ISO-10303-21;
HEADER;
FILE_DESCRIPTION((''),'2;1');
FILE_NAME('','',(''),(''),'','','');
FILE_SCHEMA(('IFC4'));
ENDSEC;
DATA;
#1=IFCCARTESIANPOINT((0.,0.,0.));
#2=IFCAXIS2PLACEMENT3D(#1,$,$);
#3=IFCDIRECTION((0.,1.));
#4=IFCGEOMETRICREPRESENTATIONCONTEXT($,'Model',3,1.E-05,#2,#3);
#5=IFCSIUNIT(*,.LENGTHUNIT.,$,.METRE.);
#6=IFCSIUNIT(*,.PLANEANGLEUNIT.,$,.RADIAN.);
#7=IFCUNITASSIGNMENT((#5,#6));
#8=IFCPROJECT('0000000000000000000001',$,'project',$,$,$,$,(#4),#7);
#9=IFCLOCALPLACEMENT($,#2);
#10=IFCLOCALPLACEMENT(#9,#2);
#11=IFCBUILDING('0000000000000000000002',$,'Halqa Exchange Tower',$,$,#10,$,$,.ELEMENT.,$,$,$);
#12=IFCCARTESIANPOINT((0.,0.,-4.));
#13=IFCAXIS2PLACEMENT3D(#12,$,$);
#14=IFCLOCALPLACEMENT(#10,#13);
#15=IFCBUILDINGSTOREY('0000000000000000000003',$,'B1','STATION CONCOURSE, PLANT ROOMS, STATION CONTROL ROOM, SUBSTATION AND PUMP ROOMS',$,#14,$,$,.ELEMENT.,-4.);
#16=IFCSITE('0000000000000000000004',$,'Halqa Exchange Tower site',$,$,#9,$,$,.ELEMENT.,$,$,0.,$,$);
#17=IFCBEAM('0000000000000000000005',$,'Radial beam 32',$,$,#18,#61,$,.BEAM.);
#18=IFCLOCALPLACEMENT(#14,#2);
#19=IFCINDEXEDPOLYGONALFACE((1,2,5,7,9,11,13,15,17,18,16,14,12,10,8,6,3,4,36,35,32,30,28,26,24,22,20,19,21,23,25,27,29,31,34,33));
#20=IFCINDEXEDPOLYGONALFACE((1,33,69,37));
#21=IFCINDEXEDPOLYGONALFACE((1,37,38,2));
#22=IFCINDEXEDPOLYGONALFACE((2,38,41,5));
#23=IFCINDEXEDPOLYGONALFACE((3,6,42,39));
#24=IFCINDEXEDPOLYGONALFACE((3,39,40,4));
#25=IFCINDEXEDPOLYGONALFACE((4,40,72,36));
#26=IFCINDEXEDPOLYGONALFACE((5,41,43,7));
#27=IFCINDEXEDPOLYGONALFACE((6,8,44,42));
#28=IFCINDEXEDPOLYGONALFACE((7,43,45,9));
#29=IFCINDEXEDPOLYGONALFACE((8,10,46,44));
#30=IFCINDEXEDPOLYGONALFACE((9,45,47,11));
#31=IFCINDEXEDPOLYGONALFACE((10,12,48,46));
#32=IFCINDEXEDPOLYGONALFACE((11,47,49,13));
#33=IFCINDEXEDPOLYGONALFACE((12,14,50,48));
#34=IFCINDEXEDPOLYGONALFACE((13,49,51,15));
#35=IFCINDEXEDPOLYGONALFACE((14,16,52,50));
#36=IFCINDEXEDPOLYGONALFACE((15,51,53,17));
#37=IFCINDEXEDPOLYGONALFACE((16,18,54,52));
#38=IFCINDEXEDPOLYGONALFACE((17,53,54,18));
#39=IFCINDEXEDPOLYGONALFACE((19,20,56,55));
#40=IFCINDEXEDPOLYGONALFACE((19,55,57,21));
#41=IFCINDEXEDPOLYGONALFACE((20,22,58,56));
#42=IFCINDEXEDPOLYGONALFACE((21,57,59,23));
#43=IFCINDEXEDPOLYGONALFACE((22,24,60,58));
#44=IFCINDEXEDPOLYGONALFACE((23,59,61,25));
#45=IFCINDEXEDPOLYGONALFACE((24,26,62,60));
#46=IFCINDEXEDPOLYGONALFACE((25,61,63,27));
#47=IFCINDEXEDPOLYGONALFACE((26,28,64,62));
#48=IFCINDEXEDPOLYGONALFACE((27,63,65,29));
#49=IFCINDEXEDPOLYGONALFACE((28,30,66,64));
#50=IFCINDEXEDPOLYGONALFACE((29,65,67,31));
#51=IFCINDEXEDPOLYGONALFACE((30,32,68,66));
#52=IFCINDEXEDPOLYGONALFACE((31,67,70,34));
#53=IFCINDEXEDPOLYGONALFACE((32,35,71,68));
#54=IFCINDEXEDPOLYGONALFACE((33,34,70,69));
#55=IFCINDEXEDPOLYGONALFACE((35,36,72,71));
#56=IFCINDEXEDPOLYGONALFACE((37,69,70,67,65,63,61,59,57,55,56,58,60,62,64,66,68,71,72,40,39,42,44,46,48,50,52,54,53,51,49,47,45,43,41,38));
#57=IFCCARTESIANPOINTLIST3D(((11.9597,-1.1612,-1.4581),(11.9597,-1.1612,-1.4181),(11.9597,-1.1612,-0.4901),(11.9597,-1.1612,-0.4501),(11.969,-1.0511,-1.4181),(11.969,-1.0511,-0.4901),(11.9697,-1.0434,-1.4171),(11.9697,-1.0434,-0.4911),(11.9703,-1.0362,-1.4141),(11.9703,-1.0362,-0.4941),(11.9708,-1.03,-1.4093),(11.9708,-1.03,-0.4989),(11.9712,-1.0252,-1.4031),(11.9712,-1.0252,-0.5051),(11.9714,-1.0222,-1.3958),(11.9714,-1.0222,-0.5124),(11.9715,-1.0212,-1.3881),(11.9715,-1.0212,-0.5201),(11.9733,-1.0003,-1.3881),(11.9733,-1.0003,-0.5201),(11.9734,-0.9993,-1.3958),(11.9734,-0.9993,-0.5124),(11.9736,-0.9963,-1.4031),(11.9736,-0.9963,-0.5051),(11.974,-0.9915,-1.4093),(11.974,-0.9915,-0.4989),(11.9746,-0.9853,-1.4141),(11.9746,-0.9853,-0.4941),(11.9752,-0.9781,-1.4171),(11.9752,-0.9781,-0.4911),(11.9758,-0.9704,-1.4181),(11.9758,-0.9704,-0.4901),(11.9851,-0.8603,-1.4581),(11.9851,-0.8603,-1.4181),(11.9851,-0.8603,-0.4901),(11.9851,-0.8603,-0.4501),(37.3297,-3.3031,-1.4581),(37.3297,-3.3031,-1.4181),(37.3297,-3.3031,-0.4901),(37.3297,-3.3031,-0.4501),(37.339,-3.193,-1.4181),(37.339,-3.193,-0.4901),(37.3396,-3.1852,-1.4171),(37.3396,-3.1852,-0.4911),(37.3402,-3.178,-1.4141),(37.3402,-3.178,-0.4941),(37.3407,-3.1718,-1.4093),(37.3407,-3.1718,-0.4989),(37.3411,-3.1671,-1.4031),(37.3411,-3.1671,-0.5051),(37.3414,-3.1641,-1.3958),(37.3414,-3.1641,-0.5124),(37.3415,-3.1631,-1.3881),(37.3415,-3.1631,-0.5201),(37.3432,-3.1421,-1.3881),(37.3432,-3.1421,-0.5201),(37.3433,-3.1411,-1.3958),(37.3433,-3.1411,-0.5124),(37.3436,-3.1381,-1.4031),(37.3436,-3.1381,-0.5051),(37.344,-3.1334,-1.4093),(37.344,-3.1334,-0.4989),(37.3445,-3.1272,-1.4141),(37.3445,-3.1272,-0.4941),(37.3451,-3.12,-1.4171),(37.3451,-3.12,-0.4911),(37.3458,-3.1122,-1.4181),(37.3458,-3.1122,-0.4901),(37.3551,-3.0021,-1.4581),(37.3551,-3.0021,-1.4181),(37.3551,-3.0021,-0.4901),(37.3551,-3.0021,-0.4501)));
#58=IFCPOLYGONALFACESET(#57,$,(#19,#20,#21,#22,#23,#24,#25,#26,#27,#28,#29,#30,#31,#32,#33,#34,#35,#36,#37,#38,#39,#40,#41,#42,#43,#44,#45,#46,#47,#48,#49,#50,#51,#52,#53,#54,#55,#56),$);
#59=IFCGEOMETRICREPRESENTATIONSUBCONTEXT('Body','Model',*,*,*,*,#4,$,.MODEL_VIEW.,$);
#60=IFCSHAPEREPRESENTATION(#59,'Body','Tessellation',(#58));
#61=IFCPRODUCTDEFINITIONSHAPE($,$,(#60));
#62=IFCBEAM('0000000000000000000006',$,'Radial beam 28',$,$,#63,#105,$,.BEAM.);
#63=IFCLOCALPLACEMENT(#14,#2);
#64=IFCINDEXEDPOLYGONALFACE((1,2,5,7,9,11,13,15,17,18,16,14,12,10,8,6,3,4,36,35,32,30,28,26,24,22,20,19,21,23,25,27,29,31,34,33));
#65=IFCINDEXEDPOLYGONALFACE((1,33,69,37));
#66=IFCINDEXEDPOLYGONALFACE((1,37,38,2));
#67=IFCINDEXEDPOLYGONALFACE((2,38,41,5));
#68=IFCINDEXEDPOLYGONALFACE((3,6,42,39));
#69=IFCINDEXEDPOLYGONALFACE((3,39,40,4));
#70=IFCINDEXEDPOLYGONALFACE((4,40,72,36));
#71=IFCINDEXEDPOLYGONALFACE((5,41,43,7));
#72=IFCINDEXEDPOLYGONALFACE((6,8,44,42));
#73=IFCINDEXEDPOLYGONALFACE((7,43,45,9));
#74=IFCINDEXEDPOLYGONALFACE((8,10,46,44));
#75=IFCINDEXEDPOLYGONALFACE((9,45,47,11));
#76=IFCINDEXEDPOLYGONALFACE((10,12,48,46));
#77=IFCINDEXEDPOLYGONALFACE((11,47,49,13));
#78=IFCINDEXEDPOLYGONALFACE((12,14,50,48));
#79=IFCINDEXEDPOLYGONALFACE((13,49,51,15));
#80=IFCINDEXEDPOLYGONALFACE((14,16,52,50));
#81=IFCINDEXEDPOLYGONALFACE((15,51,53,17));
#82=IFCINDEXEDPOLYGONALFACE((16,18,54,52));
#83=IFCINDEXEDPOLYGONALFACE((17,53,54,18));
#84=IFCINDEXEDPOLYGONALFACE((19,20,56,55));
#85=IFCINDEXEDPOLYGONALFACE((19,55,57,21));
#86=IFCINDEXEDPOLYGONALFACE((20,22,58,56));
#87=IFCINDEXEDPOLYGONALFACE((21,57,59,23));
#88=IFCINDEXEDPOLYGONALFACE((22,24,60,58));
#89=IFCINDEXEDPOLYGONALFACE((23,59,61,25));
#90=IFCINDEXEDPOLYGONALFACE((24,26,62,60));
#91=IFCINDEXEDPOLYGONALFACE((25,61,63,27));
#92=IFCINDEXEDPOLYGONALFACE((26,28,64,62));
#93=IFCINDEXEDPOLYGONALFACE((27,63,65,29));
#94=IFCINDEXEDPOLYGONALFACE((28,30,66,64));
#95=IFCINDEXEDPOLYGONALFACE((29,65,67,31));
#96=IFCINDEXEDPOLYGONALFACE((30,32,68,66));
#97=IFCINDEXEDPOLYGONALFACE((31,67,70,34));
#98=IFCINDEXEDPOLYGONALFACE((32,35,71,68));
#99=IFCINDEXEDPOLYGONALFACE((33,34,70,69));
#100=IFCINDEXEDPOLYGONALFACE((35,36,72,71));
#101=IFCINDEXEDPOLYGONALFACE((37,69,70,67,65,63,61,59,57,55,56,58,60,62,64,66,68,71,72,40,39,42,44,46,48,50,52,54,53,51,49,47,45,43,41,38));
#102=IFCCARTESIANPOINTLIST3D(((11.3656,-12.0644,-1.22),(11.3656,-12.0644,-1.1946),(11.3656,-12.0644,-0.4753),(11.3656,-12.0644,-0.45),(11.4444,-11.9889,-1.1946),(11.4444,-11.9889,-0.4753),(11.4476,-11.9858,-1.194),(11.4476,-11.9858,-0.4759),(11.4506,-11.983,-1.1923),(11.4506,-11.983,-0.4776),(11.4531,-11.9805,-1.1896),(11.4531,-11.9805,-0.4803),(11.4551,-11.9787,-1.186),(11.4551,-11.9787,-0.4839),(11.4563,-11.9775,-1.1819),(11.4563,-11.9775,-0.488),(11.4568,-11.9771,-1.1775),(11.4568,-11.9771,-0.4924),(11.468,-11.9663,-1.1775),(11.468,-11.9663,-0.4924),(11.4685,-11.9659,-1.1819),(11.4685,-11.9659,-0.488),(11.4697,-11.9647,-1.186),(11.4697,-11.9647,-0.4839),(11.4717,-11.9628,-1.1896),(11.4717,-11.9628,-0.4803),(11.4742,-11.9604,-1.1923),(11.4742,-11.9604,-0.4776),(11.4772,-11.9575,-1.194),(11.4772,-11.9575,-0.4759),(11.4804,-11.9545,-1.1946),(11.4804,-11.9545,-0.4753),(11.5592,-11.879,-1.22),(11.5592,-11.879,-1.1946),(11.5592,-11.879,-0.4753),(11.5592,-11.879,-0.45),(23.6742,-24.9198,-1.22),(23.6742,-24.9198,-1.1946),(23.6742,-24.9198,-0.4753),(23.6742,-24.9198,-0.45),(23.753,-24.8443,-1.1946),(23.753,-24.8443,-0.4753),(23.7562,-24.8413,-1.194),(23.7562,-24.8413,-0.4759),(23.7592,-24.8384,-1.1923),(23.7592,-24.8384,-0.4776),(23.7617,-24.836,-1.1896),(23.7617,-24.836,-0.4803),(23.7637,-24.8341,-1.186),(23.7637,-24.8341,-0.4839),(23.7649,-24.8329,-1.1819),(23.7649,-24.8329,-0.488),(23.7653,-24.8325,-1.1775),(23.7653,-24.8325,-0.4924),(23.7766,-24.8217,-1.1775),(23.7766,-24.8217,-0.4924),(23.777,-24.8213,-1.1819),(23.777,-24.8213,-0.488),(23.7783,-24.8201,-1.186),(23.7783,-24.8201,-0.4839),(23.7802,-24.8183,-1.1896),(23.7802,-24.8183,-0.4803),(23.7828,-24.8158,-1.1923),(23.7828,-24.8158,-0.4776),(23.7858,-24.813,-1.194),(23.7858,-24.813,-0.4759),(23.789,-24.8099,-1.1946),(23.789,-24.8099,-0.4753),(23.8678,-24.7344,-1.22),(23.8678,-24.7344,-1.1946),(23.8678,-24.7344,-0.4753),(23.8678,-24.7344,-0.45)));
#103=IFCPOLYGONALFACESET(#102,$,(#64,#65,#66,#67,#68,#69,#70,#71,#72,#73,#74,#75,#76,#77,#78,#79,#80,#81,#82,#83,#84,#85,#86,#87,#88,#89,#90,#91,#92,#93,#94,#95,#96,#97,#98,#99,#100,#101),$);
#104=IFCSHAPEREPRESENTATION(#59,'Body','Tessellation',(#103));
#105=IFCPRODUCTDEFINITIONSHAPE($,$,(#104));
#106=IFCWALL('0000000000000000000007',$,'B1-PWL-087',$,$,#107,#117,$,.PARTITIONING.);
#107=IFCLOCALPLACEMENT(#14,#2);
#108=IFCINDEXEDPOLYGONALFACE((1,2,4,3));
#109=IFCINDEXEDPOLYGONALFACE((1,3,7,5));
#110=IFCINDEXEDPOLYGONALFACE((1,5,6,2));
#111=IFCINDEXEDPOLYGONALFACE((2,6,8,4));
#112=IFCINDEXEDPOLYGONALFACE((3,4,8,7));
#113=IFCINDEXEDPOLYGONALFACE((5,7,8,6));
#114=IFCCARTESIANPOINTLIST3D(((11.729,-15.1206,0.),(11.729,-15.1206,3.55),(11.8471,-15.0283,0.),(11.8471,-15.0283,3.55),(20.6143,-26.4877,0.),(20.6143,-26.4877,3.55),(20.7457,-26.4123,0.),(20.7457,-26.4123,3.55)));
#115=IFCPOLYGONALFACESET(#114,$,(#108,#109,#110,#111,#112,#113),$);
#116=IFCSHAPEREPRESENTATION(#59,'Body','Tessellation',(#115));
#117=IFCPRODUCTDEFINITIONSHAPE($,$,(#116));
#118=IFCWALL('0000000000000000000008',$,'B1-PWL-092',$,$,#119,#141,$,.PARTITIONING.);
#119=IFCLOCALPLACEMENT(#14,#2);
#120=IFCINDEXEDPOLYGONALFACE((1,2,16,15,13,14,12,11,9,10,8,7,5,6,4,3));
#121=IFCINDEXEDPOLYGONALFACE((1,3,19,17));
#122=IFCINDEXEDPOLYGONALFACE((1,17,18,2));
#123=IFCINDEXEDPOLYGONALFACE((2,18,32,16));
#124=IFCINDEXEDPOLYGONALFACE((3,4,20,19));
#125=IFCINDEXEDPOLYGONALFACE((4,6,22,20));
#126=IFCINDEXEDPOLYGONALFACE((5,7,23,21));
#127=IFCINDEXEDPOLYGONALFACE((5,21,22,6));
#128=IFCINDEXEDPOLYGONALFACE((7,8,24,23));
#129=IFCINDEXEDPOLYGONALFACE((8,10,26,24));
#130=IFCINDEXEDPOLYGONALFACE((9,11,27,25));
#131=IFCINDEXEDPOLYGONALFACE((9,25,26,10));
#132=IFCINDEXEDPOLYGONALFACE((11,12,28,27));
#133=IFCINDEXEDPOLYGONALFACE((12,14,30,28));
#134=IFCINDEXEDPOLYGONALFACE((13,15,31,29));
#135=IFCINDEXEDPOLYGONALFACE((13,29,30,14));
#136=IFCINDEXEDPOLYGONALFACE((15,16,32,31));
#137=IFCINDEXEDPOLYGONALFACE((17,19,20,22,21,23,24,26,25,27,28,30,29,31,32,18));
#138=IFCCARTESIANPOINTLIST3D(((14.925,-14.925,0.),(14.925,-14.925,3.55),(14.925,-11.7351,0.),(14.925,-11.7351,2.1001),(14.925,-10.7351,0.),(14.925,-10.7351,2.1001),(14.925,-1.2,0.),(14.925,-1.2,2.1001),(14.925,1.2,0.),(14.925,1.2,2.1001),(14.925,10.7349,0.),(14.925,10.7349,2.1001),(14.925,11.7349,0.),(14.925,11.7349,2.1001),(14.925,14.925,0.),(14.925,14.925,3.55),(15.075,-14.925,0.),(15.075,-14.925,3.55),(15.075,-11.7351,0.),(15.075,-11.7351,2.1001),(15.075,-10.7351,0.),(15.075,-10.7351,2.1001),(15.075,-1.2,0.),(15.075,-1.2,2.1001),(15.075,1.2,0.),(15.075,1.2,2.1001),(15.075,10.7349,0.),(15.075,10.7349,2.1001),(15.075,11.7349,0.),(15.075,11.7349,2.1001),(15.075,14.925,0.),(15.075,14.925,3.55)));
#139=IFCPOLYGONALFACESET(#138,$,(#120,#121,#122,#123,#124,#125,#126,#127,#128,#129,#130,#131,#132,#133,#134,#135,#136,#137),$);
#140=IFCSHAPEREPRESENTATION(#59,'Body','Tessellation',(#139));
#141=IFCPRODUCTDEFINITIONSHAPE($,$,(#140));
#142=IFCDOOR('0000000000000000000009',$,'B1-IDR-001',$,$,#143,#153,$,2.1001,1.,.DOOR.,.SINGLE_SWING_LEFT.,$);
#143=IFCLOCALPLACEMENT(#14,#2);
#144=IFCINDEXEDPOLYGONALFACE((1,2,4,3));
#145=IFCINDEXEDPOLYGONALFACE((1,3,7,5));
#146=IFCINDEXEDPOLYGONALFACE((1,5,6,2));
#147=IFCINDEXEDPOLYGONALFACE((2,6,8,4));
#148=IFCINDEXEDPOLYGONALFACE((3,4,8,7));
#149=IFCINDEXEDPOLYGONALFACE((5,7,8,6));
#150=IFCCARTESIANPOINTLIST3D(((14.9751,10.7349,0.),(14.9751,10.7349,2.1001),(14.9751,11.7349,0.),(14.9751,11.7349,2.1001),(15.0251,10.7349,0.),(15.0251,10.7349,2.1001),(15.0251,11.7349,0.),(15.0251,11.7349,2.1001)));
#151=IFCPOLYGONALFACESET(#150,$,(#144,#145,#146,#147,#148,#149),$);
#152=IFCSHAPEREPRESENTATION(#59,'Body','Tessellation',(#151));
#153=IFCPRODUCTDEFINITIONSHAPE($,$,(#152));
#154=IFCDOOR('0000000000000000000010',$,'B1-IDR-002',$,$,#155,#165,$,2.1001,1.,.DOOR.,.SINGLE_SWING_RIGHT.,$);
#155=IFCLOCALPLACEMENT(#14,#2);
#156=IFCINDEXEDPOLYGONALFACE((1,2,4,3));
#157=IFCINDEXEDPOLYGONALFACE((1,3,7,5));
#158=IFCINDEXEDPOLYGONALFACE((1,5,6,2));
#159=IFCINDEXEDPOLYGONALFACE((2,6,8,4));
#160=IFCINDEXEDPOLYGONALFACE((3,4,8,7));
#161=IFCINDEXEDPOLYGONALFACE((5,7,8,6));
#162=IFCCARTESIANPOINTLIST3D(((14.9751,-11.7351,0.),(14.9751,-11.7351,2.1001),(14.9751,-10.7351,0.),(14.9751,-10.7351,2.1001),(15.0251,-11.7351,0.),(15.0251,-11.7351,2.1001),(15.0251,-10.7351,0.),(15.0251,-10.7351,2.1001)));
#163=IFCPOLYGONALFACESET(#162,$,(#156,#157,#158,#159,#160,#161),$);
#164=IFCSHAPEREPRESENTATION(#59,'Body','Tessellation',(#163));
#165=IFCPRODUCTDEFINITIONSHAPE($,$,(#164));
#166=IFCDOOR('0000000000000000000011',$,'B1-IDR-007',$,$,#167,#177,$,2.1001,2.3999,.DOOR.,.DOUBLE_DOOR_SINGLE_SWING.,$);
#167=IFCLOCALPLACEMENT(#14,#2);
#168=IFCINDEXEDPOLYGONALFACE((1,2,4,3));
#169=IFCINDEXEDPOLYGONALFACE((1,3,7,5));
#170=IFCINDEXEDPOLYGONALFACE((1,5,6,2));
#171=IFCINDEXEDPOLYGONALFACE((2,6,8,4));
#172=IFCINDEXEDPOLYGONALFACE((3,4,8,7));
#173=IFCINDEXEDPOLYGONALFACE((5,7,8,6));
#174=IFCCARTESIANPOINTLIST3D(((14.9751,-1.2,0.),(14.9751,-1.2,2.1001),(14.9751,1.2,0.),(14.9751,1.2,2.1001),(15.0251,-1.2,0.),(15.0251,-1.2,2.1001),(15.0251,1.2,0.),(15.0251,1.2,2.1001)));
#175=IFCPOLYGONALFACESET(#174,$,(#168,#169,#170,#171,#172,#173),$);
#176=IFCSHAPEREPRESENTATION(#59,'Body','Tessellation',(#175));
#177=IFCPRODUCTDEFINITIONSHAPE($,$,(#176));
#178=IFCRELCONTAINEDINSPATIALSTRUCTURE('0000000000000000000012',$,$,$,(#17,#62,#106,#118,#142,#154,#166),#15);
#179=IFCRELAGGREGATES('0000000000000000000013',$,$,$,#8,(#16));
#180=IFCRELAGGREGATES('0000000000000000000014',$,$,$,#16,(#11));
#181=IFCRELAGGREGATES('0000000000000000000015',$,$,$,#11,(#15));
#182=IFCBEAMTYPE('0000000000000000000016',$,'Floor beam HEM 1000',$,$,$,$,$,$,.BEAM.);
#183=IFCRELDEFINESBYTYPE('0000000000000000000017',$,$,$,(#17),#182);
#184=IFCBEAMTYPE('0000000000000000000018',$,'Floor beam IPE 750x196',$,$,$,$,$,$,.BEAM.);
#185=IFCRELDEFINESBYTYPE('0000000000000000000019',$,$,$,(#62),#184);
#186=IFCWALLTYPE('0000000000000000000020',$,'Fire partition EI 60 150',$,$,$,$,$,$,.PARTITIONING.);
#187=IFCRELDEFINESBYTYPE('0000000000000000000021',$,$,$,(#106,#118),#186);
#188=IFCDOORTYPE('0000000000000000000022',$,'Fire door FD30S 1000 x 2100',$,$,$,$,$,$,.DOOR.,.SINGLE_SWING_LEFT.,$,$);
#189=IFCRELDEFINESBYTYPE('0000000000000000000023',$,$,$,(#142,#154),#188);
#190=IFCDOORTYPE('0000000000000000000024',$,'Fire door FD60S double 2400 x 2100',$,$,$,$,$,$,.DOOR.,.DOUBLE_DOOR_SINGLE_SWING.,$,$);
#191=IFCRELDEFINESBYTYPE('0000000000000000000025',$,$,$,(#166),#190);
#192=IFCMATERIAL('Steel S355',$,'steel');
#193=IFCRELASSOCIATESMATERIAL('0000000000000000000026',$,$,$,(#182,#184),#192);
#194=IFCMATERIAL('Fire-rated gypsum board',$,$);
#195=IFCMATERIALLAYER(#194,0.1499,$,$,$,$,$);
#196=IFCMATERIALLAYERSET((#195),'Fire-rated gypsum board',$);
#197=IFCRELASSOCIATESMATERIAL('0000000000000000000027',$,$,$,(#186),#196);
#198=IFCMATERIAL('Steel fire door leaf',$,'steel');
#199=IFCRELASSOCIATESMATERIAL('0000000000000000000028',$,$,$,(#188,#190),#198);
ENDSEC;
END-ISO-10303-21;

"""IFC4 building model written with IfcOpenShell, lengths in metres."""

from ifc_helpers import new_model, si_unit, direction, frame, frame_2d, origin, origin_2d, place, context, subcontext, project, spatial, polyline, rectangle, i_section, outline, extrude, material, layer, layer_set, material_profile, profile_set, type_object, element, fill, save


model = new_model("IFC4")

# Units and contexts
model_context = context("Model", 3, precision=1e-05, world=origin(), true_north=direction((0.0, 1.0)))
body_context = subcontext(model_context, "Body", "Model", "MODEL_VIEW")
ifc_project = project(units=[si_unit("LENGTHUNIT", "METRE"), si_unit("PLANEANGLEUNIT", "RADIAN")], contexts=[model_context])

# Site, building, storey
site_placement = place(None, origin())
site = spatial("IfcSite", under=ifc_project, at=site_placement, Name="Halqa Exchange Tower site", CompositionType="ELEMENT", RefElevation=0.0)
building_placement = place(site_placement, origin())
building = spatial("IfcBuilding", under=site, at=building_placement, Name="Halqa Exchange Tower", CompositionType="ELEMENT")
storey_placement = place(building_placement, frame((0.0, 0.0, -4.0)))
storey = spatial("IfcBuildingStorey", under=building, at=storey_placement, Name="B1", Description="STATION CONCOURSE, PLANT ROOMS, STATION CONTROL ROOM, SUBSTATION AND PUMP ROOMS", CompositionType="ELEMENT", Elevation=-4.0)

# Beams
ifc_material_1 = material(Name="Steel S355", Category="steel")
ifc_material_profile_1 = material_profile(ifc_material_1, i_section(OverallWidth=0.302, OverallDepth=1.0081, WebThickness=0.021, FlangeThickness=0.04, FilletRadius=0.03, at=origin_2d()), Name="HEM 1000")
ifc_profile_set_1 = profile_set([ifc_material_profile_1], Name="Steel S355")
beam_type_1 = type_object("IfcBeamType", Name="Floor beam HEM 1000", PredefinedType="BEAM", material=ifc_profile_set_1)
beam_1_placement = place(storey_placement, frame((11.9724, -1.0107, -0.9541), z_axis=(0.996455, -0.084125, 0.0), x_axis=(0.084125, 0.996455, 0.0)))
element("IfcBeam", 1, at=beam_1_placement, inside=storey, type_object=beam_type_1, Name="Radial beam 32", PredefinedType="BEAM", context=body_context, shape_type="SweptSolid", body=[
    extrude(i_section(OverallWidth=0.302, OverallDepth=1.0081, WebThickness=0.021, FlangeThickness=0.04, FilletRadius=0.03, at=origin_2d()), origin(), (0.0, 0.0, 1.0), 25.4602),
])
ifc_material_profile_2 = material_profile(ifc_material_1, i_section(OverallWidth=0.2681, OverallDepth=0.77, WebThickness=0.0156, FlangeThickness=0.0254, FilletRadius=0.0171, at=origin_2d()), Name="IPE 750x196")
ifc_profile_set_2 = profile_set([ifc_material_profile_2], Name="Steel S355")
beam_type_2 = type_object("IfcBeamType", Name="Floor beam IPE 750x196", PredefinedType="BEAM", material=ifc_profile_set_2)
beam_2_placement = place(storey_placement, frame((11.4624, -11.9717, -0.835), z_axis=(0.691576, -0.722303, 0.0), x_axis=(0.722303, 0.691576, 0.0)))
element("IfcBeam", 2, at=beam_2_placement, inside=storey, type_object=beam_type_2, Name="Radial beam 28", PredefinedType="BEAM", context=body_context, shape_type="SweptSolid", body=[
    extrude(i_section(OverallWidth=0.2681, OverallDepth=0.77, WebThickness=0.0156, FlangeThickness=0.0254, FilletRadius=0.0171, at=origin_2d()), origin(), (0.0, 0.0, 1.0), 17.7979),
])

# Wall
ifc_material_2 = material(Name="Fire-rated gypsum board")
ifc_layer_1 = layer(ifc_material_2, 0.1499)
ifc_layer_set_1 = layer_set([ifc_layer_1], Name="Fire-rated gypsum board")
wall_type_1 = type_object("IfcWallType", Name="Fire partition EI 60 150", PredefinedType="PARTITIONING", material=ifc_layer_set_1)
wall_1_placement = place(storey_placement, frame((11.7881, -15.0745, 0.0), z_axis=(0.0, 0.0, 1.0), x_axis=(0.615848, -0.787865, 0.0)))
element("IfcWall", 3, at=wall_1_placement, inside=storey, type_object=wall_type_1, Name="B1-PWL-087", PredefinedType="PARTITIONING", context=body_context, shape_type="SweptSolid", body=[
    extrude(outline(polyline([(0.0, -0.075), (14.4277, -0.075), (14.4492, 0.075), (0.0, 0.075), (0.0, -0.075)])), origin(), (0.0, 0.0, 1.0), 3.55),
])

# Wall, openings, doors
wall_2_placement = place(storey_placement, frame((15.0, -14.925, 0.0), z_axis=(0.0, 0.0, 1.0), x_axis=(0.0, 1.0, 0.0)))
wall_2 = element("IfcWall", 4, at=wall_2_placement, inside=storey, type_object=wall_type_1, Name="B1-PWL-092", PredefinedType="PARTITIONING", context=body_context, shape_type="SweptSolid", body=[
    extrude(rectangle(XDim=29.8501, YDim=0.1499, at=frame_2d((14.925, 0.0))), origin(), (0.0, 0.0, 1.0), 3.55),
])
opening_1_placement = place(wall_2_placement, frame((25.6599, 0.0, 0.0)))
opening_1 = element("IfcOpeningElement", 5, at=opening_1_placement, cuts=wall_2, PredefinedType="OPENING", context=body_context, shape_type="SweptSolid", body=[
    extrude(rectangle(XDim=1.0, YDim=2.1001, at=frame_2d((0.5, 1.05))), frame((0.0, 0.0869, 0.0), z_axis=(0.0, -1.0, 0.0), x_axis=(1.0, 0.0, 0.0)), (0.0, 0.0, 1.0), 0.1738),
])
opening_2_placement = place(wall_2_placement, frame((3.1899, 0.0, 0.0)))
opening_2 = element("IfcOpeningElement", 6, at=opening_2_placement, cuts=wall_2, PredefinedType="OPENING", context=body_context, shape_type="SweptSolid", body=[
    extrude(rectangle(XDim=1.0, YDim=2.1001, at=frame_2d((0.5, 1.05))), frame((0.0, 0.0869, 0.0), z_axis=(0.0, -1.0, 0.0), x_axis=(1.0, 0.0, 0.0)), (0.0, 0.0, 1.0), 0.1738),
])
opening_3_placement = place(wall_2_placement, frame((13.7251, 0.0, 0.0)))
opening_3 = element("IfcOpeningElement", 7, at=opening_3_placement, cuts=wall_2, PredefinedType="OPENING", context=body_context, shape_type="SweptSolid", body=[
    extrude(rectangle(XDim=2.3999, YDim=2.1001, at=frame_2d((1.2, 1.05))), frame((0.0, 0.0869, 0.0), z_axis=(0.0, -1.0, 0.0), x_axis=(1.0, 0.0, 0.0)), (0.0, 0.0, 1.0), 0.1738),
])
ifc_material_3 = material(Name="Steel fire door leaf", Category="steel")
door_type_1 = type_object("IfcDoorType", Name="Fire door FD30S 1000 x 2100", OperationType="SINGLE_SWING_LEFT", PredefinedType="DOOR", material=ifc_material_3)
door_1_placement = place(opening_1_placement, origin())
door_1 = element("IfcDoor", 8, at=door_1_placement, inside=storey, type_object=door_type_1, Name="B1-IDR-001", OperationType="SINGLE_SWING_LEFT", OverallHeight=2.1001, OverallWidth=1.0, PredefinedType="DOOR", context=body_context, shape_type="SweptSolid", body=[
    extrude(rectangle(XDim=1.0, YDim=2.1001, at=frame_2d((0.5, 1.05))), frame((0.0, 0.0249, 0.0), z_axis=(0.0, -1.0, 0.0), x_axis=(1.0, 0.0, 0.0)), (0.0, 0.0, 1.0), 0.05),
])
fill(opening_1, door_1)
door_2_placement = place(opening_2_placement, origin())
door_2 = element("IfcDoor", 9, at=door_2_placement, inside=storey, type_object=door_type_1, Name="B1-IDR-002", OperationType="SINGLE_SWING_RIGHT", OverallHeight=2.1001, OverallWidth=1.0, PredefinedType="DOOR", context=body_context, shape_type="SweptSolid", body=[
    extrude(rectangle(XDim=1.0, YDim=2.1001, at=frame_2d((0.5, 1.05))), frame((0.0, 0.0249, 0.0), z_axis=(0.0, -1.0, 0.0), x_axis=(1.0, 0.0, 0.0)), (0.0, 0.0, 1.0), 0.05),
])
fill(opening_2, door_2)
door_type_2 = type_object("IfcDoorType", Name="Fire door FD60S double 2400 x 2100", OperationType="DOUBLE_DOOR_SINGLE_SWING", PredefinedType="DOOR", material=ifc_material_3)
door_3_placement = place(opening_3_placement, origin())
door_3 = element("IfcDoor", 10, at=door_3_placement, inside=storey, type_object=door_type_2, Name="B1-IDR-007", OperationType="DOUBLE_DOOR_SINGLE_SWING", OverallHeight=2.1001, OverallWidth=2.3999, PredefinedType="DOOR", context=body_context, shape_type="SweptSolid", body=[
    extrude(rectangle(XDim=2.3999, YDim=2.1001, at=frame_2d((1.2, 1.05))), frame((0.0, 0.0249, 0.0), z_axis=(0.0, -1.0, 0.0), x_axis=(1.0, 0.0, 0.0)), (0.0, 0.0, 1.0), 0.05),
])
fill(opening_3, door_3)

save(model, "model.ifc")
